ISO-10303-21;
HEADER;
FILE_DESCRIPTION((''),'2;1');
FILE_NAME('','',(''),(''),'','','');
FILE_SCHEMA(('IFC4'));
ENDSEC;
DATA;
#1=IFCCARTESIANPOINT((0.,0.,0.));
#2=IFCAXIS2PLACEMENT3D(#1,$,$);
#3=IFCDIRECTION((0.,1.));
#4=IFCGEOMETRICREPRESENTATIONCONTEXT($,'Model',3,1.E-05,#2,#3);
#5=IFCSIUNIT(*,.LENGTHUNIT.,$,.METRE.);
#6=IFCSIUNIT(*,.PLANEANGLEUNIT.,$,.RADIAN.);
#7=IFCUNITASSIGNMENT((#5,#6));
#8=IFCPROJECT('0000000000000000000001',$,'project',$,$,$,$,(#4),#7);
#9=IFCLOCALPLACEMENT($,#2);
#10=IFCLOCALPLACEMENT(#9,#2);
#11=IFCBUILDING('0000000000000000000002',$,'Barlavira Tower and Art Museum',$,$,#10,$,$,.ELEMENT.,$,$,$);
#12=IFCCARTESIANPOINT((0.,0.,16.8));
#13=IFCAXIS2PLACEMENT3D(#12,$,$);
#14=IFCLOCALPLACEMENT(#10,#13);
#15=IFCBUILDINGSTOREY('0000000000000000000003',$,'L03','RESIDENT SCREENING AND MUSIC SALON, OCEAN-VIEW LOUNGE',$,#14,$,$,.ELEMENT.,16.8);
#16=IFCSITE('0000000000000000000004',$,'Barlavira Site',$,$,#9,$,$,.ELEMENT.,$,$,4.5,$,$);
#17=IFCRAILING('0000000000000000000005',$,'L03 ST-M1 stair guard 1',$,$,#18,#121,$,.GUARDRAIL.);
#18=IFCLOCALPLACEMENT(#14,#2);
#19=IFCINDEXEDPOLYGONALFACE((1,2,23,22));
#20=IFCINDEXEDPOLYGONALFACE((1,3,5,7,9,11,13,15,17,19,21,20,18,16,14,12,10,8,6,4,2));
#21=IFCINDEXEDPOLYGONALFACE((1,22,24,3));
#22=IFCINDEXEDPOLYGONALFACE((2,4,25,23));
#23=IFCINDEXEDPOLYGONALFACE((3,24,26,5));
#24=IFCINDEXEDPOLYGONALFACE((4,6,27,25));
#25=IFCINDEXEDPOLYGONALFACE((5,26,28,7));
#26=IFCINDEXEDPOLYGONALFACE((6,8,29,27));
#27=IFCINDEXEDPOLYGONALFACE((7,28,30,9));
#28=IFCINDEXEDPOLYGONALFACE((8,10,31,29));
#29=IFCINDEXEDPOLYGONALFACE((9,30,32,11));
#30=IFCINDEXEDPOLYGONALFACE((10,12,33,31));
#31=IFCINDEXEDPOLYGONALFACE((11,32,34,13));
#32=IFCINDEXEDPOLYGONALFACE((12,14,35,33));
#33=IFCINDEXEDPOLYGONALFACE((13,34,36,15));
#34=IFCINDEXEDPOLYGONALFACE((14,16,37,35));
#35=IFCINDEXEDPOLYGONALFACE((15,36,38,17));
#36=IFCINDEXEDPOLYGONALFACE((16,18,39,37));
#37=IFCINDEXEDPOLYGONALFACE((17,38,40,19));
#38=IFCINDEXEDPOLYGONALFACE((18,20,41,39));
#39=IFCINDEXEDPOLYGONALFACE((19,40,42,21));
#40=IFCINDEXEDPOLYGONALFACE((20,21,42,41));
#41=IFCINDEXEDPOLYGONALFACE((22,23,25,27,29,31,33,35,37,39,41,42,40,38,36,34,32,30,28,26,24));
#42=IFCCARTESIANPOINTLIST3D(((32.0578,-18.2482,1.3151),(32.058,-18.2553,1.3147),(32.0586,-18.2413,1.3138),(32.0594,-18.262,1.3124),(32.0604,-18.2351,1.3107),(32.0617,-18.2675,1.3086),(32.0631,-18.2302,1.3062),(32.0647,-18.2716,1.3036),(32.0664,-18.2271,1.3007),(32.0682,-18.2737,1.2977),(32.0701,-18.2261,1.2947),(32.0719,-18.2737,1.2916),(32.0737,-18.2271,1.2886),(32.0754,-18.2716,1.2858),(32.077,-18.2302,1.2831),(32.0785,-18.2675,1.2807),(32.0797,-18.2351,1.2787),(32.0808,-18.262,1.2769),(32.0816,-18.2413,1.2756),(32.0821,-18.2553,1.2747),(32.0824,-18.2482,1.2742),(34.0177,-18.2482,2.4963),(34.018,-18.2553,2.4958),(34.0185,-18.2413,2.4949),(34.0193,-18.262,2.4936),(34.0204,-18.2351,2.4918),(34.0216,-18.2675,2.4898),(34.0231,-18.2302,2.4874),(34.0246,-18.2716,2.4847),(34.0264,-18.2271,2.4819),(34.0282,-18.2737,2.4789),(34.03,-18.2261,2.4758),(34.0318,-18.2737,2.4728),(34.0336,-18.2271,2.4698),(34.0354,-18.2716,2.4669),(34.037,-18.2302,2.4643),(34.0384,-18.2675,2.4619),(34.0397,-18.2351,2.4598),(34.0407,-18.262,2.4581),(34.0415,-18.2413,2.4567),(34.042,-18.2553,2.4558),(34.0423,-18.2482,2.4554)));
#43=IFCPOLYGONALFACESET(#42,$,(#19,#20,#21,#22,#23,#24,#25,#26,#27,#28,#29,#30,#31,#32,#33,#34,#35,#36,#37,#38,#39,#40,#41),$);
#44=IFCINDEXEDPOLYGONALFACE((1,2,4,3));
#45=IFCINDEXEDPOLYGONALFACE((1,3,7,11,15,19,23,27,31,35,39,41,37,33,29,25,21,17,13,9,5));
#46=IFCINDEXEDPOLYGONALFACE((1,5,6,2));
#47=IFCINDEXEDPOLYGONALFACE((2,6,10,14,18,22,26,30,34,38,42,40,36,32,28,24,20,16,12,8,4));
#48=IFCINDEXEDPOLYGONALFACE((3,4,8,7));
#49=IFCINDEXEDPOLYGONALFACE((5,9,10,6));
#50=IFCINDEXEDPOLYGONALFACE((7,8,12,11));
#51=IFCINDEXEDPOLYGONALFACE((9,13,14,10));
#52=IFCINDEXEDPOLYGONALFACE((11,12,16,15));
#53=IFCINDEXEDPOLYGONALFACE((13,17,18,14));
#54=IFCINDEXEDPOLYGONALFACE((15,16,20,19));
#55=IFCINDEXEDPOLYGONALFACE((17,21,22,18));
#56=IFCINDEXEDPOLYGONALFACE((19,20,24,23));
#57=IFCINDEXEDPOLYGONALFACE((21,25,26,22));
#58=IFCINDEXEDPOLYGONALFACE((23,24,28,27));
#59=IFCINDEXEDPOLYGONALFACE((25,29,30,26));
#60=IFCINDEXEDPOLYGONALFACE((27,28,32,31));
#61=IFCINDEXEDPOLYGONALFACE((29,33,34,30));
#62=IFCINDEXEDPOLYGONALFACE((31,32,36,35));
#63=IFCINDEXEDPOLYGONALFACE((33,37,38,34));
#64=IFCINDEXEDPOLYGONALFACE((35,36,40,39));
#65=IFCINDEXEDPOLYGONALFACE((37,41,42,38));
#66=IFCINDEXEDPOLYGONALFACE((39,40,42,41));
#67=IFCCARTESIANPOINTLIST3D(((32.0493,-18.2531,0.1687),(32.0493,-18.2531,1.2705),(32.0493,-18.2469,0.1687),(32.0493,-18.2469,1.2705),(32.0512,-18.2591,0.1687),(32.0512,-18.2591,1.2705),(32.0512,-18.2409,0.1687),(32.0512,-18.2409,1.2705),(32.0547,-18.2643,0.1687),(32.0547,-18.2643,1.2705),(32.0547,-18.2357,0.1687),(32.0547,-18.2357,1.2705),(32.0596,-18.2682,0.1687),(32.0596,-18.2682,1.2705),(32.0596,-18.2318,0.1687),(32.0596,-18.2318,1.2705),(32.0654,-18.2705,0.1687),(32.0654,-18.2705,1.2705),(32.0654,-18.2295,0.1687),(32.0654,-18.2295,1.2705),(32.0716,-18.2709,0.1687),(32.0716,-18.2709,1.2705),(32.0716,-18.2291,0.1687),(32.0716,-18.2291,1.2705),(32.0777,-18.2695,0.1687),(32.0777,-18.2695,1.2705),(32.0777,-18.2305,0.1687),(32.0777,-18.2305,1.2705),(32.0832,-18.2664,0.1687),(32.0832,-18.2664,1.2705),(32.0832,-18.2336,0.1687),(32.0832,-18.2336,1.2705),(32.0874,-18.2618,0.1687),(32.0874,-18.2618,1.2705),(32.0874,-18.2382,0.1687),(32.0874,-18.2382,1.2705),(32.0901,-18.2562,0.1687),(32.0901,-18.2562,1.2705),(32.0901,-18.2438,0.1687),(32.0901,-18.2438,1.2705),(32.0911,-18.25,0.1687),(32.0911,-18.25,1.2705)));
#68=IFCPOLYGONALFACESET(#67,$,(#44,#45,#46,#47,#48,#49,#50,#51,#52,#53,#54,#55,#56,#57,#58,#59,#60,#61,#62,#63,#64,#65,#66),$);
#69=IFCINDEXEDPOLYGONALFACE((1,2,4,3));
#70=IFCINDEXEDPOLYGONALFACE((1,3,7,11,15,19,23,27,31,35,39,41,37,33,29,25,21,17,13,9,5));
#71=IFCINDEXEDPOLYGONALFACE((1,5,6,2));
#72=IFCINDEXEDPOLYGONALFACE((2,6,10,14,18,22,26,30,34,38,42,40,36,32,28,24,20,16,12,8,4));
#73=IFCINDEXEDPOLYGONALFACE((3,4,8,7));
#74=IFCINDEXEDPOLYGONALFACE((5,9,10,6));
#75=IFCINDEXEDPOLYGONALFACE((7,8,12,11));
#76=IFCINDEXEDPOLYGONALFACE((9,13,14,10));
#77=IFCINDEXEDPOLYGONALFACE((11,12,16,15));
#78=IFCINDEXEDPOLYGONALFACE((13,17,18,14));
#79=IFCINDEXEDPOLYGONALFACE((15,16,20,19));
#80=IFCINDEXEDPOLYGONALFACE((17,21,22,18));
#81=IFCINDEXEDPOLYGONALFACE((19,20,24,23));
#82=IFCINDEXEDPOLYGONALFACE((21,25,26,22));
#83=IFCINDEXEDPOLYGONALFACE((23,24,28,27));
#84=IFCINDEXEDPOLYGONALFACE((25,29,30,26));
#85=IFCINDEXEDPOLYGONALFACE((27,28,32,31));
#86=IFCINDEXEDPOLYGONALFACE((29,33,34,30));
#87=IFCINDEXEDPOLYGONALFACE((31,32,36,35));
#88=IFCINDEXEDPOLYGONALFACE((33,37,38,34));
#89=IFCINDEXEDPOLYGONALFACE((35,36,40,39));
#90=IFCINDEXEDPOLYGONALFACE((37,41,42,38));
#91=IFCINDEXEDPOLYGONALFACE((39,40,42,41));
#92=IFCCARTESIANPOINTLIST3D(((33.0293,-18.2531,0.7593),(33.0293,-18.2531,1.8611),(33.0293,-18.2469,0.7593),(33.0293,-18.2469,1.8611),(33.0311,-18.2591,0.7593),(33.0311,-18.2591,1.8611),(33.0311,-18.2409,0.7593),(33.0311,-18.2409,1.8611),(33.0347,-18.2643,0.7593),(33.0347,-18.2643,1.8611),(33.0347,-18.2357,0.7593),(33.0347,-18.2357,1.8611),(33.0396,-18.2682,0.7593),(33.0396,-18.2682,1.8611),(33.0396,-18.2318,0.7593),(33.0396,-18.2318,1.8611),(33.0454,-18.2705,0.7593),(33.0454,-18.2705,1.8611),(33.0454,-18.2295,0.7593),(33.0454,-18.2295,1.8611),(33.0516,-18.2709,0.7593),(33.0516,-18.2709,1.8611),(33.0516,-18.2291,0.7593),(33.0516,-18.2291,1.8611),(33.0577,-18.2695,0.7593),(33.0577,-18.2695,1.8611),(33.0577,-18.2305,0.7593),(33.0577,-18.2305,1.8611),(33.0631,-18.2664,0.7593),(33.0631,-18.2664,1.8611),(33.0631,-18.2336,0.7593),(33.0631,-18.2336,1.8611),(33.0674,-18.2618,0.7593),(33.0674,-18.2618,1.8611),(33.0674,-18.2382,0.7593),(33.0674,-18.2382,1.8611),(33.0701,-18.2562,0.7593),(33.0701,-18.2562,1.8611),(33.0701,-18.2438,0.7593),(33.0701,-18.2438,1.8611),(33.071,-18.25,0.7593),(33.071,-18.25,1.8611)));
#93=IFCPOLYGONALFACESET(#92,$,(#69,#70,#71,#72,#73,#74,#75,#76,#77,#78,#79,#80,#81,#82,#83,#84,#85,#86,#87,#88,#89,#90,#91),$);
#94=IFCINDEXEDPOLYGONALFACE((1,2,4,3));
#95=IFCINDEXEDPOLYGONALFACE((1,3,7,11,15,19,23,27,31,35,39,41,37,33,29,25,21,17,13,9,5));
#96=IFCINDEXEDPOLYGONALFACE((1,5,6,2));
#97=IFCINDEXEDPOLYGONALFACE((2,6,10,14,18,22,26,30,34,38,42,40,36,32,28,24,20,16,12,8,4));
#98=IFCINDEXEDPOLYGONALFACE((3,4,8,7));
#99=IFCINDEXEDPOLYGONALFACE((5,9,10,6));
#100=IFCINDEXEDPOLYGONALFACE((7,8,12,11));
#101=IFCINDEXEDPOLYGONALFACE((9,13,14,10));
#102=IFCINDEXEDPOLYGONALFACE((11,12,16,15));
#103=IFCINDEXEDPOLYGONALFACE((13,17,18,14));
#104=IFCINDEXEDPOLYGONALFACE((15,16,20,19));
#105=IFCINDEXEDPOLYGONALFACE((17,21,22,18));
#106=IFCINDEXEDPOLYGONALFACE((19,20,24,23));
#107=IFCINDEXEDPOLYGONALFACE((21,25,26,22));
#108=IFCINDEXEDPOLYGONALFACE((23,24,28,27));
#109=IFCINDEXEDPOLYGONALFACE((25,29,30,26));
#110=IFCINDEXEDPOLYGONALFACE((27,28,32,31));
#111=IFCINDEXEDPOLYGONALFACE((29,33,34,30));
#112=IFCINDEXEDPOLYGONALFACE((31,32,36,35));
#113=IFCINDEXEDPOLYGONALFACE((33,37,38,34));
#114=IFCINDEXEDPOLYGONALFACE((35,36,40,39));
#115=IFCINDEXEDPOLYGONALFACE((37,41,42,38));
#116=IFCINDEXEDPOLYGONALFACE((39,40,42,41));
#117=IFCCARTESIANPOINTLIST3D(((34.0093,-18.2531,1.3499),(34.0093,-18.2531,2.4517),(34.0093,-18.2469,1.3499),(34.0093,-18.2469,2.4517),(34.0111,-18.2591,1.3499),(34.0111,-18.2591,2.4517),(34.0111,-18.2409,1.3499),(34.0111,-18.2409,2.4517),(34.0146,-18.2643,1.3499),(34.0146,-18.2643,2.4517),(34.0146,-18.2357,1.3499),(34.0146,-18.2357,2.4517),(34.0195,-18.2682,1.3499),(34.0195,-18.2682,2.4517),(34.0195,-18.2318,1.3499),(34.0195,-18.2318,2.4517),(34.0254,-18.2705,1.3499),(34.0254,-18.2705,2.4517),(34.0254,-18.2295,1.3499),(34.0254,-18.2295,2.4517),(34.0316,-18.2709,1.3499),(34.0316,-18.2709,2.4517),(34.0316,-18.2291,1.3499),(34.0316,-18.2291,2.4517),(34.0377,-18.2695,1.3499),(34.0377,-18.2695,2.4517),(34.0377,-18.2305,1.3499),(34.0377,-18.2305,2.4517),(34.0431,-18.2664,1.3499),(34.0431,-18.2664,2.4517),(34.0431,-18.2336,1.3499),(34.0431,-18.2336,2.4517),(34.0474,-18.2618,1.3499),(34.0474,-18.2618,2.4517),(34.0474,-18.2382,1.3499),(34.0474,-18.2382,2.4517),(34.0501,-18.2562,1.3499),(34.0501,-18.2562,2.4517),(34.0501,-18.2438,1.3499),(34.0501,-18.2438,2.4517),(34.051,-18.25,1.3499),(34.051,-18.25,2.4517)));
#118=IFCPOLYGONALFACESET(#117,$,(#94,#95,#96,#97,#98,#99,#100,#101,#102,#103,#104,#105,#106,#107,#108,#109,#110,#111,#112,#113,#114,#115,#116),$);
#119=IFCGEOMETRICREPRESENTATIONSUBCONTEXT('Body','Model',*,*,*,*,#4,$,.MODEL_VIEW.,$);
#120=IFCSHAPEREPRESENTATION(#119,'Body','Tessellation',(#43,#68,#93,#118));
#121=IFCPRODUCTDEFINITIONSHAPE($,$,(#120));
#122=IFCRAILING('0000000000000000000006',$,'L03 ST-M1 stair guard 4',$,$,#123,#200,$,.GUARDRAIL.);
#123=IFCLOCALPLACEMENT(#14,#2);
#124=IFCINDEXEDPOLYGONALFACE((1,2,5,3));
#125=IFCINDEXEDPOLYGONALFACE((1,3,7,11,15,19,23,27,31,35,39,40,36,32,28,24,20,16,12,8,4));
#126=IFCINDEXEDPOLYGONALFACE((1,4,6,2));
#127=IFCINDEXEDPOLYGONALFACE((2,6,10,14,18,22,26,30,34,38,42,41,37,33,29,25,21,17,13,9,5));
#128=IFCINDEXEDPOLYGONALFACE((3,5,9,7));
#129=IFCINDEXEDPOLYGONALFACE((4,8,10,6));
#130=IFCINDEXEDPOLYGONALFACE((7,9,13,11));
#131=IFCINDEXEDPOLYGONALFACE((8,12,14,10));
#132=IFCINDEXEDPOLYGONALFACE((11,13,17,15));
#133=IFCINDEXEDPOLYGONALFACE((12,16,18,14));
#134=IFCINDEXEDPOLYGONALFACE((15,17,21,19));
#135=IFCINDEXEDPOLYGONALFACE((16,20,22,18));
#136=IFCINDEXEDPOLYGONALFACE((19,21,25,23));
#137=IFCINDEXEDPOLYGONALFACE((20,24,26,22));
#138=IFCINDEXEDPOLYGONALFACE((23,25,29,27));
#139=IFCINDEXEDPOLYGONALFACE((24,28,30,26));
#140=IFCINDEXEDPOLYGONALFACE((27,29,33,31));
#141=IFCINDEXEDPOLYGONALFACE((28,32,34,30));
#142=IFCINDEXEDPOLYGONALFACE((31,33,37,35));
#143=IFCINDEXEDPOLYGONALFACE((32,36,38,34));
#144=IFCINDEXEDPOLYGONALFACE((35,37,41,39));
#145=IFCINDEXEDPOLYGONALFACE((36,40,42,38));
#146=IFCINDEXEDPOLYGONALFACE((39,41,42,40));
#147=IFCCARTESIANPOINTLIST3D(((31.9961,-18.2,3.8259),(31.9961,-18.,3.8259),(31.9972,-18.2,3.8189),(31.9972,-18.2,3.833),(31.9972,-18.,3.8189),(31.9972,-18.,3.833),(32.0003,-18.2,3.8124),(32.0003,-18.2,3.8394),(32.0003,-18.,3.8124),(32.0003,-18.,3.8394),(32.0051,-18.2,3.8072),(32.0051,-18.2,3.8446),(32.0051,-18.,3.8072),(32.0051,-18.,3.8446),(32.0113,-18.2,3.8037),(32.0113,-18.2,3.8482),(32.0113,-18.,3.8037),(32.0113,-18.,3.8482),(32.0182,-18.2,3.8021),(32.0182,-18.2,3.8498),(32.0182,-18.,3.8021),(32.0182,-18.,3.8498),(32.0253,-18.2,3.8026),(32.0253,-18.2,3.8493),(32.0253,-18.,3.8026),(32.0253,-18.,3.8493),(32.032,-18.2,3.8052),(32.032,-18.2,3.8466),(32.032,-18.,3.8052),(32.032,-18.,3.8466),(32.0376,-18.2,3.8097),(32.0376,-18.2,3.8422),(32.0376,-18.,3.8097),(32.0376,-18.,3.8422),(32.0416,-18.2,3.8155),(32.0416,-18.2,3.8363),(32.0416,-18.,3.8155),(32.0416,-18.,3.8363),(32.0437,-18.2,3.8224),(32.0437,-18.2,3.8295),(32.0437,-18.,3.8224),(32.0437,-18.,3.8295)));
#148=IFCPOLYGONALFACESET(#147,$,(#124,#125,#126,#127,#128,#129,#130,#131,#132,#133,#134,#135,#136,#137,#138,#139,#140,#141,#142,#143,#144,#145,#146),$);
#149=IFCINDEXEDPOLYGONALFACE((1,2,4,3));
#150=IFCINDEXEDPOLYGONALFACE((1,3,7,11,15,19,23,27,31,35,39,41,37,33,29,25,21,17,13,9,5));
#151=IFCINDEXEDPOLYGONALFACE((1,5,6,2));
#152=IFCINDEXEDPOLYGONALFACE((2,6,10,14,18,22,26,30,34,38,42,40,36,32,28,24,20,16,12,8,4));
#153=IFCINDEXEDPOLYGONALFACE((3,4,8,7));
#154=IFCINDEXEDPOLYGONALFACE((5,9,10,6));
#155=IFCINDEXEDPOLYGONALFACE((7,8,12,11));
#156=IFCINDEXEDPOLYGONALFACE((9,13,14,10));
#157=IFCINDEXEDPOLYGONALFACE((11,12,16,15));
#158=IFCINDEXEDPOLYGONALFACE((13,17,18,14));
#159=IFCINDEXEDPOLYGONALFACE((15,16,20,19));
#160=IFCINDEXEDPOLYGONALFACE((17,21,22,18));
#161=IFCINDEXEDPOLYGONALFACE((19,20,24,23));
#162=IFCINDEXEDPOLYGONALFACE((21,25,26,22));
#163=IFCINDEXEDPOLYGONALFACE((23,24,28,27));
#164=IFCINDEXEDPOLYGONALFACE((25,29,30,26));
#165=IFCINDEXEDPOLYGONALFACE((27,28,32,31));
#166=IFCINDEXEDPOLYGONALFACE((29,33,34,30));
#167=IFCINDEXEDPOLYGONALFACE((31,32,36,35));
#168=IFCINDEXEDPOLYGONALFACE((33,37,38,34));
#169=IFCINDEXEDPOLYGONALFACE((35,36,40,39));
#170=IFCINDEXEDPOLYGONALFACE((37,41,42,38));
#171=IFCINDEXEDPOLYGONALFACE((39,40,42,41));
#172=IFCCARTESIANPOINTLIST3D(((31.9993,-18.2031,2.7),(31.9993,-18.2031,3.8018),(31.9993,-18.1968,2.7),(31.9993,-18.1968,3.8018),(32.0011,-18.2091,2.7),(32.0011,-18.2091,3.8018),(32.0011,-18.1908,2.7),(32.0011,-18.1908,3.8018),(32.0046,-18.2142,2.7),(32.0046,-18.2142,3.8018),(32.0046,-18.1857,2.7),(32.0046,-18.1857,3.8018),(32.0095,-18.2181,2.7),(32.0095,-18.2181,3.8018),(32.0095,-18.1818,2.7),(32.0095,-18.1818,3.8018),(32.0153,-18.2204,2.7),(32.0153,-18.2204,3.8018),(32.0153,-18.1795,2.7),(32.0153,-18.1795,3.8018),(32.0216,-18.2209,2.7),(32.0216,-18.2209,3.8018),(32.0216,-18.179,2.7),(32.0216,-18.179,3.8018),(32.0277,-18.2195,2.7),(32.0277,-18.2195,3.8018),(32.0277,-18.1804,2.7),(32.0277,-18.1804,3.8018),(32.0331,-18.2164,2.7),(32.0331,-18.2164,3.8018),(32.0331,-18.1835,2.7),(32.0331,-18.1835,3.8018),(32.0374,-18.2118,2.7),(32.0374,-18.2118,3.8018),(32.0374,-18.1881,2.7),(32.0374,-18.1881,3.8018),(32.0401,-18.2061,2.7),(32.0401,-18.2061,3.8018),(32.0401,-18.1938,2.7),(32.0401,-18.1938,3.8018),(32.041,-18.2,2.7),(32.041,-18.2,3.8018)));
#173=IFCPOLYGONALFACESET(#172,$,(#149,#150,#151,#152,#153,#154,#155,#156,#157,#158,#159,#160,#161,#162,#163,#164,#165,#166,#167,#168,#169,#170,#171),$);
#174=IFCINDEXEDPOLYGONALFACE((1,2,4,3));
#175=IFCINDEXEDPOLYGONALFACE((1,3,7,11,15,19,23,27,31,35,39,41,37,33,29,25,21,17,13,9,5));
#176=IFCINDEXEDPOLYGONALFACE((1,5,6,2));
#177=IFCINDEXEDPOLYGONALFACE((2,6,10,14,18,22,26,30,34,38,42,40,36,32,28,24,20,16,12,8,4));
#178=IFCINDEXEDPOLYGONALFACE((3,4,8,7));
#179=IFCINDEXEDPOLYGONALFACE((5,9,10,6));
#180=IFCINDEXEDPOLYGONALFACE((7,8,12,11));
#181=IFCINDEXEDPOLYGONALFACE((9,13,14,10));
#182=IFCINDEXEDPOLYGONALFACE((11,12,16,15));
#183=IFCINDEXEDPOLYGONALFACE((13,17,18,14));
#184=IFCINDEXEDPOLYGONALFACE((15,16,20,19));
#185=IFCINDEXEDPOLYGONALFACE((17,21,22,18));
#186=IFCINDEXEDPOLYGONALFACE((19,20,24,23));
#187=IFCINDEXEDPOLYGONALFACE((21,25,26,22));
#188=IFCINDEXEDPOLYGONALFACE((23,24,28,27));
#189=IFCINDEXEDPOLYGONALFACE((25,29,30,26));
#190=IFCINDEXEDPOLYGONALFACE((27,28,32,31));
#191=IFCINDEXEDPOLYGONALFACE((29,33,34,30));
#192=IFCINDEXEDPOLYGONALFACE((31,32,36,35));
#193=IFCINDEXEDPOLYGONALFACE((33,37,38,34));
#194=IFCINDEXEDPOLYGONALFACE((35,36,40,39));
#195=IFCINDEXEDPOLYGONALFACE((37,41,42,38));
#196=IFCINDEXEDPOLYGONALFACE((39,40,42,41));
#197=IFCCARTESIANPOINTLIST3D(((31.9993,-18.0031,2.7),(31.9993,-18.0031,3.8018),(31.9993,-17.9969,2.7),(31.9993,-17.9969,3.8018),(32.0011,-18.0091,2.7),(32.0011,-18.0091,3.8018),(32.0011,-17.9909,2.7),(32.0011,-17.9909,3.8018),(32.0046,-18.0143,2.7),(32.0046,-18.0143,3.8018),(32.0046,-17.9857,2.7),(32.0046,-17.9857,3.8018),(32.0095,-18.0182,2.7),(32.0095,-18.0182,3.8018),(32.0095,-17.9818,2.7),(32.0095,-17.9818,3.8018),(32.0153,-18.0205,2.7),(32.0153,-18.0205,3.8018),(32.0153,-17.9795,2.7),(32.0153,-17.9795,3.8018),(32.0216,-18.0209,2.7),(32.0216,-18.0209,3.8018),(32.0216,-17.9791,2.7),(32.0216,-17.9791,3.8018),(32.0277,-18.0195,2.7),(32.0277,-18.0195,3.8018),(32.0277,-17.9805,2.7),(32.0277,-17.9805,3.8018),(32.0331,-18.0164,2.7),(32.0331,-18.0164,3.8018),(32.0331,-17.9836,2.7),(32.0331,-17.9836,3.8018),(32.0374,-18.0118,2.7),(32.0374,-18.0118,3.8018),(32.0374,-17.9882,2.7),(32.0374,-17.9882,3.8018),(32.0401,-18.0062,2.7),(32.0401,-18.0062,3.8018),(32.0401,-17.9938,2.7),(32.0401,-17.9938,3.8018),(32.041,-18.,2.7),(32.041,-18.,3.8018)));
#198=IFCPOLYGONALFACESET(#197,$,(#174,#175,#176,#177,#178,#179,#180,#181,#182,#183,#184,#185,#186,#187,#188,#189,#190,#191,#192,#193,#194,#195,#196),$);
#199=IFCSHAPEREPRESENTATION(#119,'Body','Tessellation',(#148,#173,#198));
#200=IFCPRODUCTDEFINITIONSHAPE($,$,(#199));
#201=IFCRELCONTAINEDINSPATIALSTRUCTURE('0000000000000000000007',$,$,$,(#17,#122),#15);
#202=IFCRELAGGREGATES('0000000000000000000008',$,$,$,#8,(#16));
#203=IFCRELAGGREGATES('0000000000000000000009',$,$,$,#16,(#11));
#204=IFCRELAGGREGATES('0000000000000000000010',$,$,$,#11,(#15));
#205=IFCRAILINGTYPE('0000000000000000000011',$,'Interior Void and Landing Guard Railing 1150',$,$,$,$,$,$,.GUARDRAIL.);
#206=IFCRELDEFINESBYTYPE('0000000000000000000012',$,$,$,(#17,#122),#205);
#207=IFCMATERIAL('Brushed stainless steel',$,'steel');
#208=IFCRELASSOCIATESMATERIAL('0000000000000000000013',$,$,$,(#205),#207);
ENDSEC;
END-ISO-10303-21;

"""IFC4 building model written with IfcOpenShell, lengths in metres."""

from ifc_helpers import new_model, si_unit, direction, frame, origin, origin_2d, place, context, subcontext, project, spatial, circle, extrude, material, type_object, element, save


model = new_model("IFC4")

# Units and contexts
model_context = context("Model", 3, precision=1e-05, world=origin(), true_north=direction((0.0, 1.0)))
body_context = subcontext(model_context, "Body", "Model", "MODEL_VIEW")
ifc_project = project(units=[si_unit("LENGTHUNIT", "METRE"), si_unit("PLANEANGLEUNIT", "RADIAN")], contexts=[model_context])

# Site, building, storey
site_placement = place(None, origin())
site = spatial("IfcSite", under=ifc_project, at=site_placement, Name="Barlavira Site", CompositionType="ELEMENT", RefElevation=4.5)
building_placement = place(site_placement, origin())
building = spatial("IfcBuilding", under=site, at=building_placement, Name="Barlavira Tower and Art Museum", CompositionType="ELEMENT")
storey_placement = place(building_placement, frame((0.0, 0.0, 16.8)))
storey = spatial("IfcBuildingStorey", under=building, at=storey_placement, Name="L03", Description="RESIDENT SCREENING AND MUSIC SALON, OCEAN-VIEW LOUNGE", CompositionType="ELEMENT", Elevation=16.8)

# Shared definitions
ifc_material_1 = material(Name="Brushed stainless steel", Category="steel")

# Railings
railing_type_1 = type_object("IfcRailingType", Name="Interior Void and Landing Guard Railing 1150", PredefinedType="GUARDRAIL", material=ifc_material_1)
railing_1_placement = place(storey_placement, frame((32.0701, -18.25, 0.1687)))
element("IfcRailing", 1, at=railing_1_placement, inside=storey, type_object=railing_type_1, Name="L03 ST-M1 stair guard 1", PredefinedType="GUARDRAIL", context=body_context, shape_type="SweptSolid", body=[
    extrude(circle(Radius=0.0239, at=origin_2d()), frame((0.0, 0.0, 1.126), z_axis=(0.856493, 0.0, 0.516158), x_axis=(0.0, 1.0, 0.0)), (0.0, 0.0, 1.0), 2.2883),
    extrude(circle(Radius=0.021, at=origin_2d()), origin(), (0.0, 0.0, 1.0), 1.1018),
    extrude(circle(Radius=0.021, at=origin_2d()), frame((0.98, 0.0, 0.5906)), (0.0, 0.0, 1.0), 1.1018),
    extrude(circle(Radius=0.021, at=origin_2d()), frame((1.96, 0.0, 1.1812)), (0.0, 0.0, 1.0), 1.1018),
])
railing_2_placement = place(storey_placement, frame((32.02, -18.2, 2.7)))
element("IfcRailing", 2, at=railing_2_placement, inside=storey, type_object=railing_type_1, Name="L03 ST-M1 stair guard 4", PredefinedType="GUARDRAIL", context=body_context, shape_type="SweptSolid", body=[
    extrude(circle(Radius=0.0239, at=origin_2d()), frame((0.0, 0.0, 1.126), z_axis=(0.0, 1.0, 0.0), x_axis=(-1.0, 0.0, 0.0)), (0.0, 0.0, 1.0), 0.2),
    extrude(circle(Radius=0.021, at=origin_2d()), origin(), (0.0, 0.0, 1.0), 1.1018),
    extrude(circle(Radius=0.021, at=origin_2d()), frame((0.0, 0.2, 0.0)), (0.0, 0.0, 1.0), 1.1018),
])

save(model, "model.ifc")
